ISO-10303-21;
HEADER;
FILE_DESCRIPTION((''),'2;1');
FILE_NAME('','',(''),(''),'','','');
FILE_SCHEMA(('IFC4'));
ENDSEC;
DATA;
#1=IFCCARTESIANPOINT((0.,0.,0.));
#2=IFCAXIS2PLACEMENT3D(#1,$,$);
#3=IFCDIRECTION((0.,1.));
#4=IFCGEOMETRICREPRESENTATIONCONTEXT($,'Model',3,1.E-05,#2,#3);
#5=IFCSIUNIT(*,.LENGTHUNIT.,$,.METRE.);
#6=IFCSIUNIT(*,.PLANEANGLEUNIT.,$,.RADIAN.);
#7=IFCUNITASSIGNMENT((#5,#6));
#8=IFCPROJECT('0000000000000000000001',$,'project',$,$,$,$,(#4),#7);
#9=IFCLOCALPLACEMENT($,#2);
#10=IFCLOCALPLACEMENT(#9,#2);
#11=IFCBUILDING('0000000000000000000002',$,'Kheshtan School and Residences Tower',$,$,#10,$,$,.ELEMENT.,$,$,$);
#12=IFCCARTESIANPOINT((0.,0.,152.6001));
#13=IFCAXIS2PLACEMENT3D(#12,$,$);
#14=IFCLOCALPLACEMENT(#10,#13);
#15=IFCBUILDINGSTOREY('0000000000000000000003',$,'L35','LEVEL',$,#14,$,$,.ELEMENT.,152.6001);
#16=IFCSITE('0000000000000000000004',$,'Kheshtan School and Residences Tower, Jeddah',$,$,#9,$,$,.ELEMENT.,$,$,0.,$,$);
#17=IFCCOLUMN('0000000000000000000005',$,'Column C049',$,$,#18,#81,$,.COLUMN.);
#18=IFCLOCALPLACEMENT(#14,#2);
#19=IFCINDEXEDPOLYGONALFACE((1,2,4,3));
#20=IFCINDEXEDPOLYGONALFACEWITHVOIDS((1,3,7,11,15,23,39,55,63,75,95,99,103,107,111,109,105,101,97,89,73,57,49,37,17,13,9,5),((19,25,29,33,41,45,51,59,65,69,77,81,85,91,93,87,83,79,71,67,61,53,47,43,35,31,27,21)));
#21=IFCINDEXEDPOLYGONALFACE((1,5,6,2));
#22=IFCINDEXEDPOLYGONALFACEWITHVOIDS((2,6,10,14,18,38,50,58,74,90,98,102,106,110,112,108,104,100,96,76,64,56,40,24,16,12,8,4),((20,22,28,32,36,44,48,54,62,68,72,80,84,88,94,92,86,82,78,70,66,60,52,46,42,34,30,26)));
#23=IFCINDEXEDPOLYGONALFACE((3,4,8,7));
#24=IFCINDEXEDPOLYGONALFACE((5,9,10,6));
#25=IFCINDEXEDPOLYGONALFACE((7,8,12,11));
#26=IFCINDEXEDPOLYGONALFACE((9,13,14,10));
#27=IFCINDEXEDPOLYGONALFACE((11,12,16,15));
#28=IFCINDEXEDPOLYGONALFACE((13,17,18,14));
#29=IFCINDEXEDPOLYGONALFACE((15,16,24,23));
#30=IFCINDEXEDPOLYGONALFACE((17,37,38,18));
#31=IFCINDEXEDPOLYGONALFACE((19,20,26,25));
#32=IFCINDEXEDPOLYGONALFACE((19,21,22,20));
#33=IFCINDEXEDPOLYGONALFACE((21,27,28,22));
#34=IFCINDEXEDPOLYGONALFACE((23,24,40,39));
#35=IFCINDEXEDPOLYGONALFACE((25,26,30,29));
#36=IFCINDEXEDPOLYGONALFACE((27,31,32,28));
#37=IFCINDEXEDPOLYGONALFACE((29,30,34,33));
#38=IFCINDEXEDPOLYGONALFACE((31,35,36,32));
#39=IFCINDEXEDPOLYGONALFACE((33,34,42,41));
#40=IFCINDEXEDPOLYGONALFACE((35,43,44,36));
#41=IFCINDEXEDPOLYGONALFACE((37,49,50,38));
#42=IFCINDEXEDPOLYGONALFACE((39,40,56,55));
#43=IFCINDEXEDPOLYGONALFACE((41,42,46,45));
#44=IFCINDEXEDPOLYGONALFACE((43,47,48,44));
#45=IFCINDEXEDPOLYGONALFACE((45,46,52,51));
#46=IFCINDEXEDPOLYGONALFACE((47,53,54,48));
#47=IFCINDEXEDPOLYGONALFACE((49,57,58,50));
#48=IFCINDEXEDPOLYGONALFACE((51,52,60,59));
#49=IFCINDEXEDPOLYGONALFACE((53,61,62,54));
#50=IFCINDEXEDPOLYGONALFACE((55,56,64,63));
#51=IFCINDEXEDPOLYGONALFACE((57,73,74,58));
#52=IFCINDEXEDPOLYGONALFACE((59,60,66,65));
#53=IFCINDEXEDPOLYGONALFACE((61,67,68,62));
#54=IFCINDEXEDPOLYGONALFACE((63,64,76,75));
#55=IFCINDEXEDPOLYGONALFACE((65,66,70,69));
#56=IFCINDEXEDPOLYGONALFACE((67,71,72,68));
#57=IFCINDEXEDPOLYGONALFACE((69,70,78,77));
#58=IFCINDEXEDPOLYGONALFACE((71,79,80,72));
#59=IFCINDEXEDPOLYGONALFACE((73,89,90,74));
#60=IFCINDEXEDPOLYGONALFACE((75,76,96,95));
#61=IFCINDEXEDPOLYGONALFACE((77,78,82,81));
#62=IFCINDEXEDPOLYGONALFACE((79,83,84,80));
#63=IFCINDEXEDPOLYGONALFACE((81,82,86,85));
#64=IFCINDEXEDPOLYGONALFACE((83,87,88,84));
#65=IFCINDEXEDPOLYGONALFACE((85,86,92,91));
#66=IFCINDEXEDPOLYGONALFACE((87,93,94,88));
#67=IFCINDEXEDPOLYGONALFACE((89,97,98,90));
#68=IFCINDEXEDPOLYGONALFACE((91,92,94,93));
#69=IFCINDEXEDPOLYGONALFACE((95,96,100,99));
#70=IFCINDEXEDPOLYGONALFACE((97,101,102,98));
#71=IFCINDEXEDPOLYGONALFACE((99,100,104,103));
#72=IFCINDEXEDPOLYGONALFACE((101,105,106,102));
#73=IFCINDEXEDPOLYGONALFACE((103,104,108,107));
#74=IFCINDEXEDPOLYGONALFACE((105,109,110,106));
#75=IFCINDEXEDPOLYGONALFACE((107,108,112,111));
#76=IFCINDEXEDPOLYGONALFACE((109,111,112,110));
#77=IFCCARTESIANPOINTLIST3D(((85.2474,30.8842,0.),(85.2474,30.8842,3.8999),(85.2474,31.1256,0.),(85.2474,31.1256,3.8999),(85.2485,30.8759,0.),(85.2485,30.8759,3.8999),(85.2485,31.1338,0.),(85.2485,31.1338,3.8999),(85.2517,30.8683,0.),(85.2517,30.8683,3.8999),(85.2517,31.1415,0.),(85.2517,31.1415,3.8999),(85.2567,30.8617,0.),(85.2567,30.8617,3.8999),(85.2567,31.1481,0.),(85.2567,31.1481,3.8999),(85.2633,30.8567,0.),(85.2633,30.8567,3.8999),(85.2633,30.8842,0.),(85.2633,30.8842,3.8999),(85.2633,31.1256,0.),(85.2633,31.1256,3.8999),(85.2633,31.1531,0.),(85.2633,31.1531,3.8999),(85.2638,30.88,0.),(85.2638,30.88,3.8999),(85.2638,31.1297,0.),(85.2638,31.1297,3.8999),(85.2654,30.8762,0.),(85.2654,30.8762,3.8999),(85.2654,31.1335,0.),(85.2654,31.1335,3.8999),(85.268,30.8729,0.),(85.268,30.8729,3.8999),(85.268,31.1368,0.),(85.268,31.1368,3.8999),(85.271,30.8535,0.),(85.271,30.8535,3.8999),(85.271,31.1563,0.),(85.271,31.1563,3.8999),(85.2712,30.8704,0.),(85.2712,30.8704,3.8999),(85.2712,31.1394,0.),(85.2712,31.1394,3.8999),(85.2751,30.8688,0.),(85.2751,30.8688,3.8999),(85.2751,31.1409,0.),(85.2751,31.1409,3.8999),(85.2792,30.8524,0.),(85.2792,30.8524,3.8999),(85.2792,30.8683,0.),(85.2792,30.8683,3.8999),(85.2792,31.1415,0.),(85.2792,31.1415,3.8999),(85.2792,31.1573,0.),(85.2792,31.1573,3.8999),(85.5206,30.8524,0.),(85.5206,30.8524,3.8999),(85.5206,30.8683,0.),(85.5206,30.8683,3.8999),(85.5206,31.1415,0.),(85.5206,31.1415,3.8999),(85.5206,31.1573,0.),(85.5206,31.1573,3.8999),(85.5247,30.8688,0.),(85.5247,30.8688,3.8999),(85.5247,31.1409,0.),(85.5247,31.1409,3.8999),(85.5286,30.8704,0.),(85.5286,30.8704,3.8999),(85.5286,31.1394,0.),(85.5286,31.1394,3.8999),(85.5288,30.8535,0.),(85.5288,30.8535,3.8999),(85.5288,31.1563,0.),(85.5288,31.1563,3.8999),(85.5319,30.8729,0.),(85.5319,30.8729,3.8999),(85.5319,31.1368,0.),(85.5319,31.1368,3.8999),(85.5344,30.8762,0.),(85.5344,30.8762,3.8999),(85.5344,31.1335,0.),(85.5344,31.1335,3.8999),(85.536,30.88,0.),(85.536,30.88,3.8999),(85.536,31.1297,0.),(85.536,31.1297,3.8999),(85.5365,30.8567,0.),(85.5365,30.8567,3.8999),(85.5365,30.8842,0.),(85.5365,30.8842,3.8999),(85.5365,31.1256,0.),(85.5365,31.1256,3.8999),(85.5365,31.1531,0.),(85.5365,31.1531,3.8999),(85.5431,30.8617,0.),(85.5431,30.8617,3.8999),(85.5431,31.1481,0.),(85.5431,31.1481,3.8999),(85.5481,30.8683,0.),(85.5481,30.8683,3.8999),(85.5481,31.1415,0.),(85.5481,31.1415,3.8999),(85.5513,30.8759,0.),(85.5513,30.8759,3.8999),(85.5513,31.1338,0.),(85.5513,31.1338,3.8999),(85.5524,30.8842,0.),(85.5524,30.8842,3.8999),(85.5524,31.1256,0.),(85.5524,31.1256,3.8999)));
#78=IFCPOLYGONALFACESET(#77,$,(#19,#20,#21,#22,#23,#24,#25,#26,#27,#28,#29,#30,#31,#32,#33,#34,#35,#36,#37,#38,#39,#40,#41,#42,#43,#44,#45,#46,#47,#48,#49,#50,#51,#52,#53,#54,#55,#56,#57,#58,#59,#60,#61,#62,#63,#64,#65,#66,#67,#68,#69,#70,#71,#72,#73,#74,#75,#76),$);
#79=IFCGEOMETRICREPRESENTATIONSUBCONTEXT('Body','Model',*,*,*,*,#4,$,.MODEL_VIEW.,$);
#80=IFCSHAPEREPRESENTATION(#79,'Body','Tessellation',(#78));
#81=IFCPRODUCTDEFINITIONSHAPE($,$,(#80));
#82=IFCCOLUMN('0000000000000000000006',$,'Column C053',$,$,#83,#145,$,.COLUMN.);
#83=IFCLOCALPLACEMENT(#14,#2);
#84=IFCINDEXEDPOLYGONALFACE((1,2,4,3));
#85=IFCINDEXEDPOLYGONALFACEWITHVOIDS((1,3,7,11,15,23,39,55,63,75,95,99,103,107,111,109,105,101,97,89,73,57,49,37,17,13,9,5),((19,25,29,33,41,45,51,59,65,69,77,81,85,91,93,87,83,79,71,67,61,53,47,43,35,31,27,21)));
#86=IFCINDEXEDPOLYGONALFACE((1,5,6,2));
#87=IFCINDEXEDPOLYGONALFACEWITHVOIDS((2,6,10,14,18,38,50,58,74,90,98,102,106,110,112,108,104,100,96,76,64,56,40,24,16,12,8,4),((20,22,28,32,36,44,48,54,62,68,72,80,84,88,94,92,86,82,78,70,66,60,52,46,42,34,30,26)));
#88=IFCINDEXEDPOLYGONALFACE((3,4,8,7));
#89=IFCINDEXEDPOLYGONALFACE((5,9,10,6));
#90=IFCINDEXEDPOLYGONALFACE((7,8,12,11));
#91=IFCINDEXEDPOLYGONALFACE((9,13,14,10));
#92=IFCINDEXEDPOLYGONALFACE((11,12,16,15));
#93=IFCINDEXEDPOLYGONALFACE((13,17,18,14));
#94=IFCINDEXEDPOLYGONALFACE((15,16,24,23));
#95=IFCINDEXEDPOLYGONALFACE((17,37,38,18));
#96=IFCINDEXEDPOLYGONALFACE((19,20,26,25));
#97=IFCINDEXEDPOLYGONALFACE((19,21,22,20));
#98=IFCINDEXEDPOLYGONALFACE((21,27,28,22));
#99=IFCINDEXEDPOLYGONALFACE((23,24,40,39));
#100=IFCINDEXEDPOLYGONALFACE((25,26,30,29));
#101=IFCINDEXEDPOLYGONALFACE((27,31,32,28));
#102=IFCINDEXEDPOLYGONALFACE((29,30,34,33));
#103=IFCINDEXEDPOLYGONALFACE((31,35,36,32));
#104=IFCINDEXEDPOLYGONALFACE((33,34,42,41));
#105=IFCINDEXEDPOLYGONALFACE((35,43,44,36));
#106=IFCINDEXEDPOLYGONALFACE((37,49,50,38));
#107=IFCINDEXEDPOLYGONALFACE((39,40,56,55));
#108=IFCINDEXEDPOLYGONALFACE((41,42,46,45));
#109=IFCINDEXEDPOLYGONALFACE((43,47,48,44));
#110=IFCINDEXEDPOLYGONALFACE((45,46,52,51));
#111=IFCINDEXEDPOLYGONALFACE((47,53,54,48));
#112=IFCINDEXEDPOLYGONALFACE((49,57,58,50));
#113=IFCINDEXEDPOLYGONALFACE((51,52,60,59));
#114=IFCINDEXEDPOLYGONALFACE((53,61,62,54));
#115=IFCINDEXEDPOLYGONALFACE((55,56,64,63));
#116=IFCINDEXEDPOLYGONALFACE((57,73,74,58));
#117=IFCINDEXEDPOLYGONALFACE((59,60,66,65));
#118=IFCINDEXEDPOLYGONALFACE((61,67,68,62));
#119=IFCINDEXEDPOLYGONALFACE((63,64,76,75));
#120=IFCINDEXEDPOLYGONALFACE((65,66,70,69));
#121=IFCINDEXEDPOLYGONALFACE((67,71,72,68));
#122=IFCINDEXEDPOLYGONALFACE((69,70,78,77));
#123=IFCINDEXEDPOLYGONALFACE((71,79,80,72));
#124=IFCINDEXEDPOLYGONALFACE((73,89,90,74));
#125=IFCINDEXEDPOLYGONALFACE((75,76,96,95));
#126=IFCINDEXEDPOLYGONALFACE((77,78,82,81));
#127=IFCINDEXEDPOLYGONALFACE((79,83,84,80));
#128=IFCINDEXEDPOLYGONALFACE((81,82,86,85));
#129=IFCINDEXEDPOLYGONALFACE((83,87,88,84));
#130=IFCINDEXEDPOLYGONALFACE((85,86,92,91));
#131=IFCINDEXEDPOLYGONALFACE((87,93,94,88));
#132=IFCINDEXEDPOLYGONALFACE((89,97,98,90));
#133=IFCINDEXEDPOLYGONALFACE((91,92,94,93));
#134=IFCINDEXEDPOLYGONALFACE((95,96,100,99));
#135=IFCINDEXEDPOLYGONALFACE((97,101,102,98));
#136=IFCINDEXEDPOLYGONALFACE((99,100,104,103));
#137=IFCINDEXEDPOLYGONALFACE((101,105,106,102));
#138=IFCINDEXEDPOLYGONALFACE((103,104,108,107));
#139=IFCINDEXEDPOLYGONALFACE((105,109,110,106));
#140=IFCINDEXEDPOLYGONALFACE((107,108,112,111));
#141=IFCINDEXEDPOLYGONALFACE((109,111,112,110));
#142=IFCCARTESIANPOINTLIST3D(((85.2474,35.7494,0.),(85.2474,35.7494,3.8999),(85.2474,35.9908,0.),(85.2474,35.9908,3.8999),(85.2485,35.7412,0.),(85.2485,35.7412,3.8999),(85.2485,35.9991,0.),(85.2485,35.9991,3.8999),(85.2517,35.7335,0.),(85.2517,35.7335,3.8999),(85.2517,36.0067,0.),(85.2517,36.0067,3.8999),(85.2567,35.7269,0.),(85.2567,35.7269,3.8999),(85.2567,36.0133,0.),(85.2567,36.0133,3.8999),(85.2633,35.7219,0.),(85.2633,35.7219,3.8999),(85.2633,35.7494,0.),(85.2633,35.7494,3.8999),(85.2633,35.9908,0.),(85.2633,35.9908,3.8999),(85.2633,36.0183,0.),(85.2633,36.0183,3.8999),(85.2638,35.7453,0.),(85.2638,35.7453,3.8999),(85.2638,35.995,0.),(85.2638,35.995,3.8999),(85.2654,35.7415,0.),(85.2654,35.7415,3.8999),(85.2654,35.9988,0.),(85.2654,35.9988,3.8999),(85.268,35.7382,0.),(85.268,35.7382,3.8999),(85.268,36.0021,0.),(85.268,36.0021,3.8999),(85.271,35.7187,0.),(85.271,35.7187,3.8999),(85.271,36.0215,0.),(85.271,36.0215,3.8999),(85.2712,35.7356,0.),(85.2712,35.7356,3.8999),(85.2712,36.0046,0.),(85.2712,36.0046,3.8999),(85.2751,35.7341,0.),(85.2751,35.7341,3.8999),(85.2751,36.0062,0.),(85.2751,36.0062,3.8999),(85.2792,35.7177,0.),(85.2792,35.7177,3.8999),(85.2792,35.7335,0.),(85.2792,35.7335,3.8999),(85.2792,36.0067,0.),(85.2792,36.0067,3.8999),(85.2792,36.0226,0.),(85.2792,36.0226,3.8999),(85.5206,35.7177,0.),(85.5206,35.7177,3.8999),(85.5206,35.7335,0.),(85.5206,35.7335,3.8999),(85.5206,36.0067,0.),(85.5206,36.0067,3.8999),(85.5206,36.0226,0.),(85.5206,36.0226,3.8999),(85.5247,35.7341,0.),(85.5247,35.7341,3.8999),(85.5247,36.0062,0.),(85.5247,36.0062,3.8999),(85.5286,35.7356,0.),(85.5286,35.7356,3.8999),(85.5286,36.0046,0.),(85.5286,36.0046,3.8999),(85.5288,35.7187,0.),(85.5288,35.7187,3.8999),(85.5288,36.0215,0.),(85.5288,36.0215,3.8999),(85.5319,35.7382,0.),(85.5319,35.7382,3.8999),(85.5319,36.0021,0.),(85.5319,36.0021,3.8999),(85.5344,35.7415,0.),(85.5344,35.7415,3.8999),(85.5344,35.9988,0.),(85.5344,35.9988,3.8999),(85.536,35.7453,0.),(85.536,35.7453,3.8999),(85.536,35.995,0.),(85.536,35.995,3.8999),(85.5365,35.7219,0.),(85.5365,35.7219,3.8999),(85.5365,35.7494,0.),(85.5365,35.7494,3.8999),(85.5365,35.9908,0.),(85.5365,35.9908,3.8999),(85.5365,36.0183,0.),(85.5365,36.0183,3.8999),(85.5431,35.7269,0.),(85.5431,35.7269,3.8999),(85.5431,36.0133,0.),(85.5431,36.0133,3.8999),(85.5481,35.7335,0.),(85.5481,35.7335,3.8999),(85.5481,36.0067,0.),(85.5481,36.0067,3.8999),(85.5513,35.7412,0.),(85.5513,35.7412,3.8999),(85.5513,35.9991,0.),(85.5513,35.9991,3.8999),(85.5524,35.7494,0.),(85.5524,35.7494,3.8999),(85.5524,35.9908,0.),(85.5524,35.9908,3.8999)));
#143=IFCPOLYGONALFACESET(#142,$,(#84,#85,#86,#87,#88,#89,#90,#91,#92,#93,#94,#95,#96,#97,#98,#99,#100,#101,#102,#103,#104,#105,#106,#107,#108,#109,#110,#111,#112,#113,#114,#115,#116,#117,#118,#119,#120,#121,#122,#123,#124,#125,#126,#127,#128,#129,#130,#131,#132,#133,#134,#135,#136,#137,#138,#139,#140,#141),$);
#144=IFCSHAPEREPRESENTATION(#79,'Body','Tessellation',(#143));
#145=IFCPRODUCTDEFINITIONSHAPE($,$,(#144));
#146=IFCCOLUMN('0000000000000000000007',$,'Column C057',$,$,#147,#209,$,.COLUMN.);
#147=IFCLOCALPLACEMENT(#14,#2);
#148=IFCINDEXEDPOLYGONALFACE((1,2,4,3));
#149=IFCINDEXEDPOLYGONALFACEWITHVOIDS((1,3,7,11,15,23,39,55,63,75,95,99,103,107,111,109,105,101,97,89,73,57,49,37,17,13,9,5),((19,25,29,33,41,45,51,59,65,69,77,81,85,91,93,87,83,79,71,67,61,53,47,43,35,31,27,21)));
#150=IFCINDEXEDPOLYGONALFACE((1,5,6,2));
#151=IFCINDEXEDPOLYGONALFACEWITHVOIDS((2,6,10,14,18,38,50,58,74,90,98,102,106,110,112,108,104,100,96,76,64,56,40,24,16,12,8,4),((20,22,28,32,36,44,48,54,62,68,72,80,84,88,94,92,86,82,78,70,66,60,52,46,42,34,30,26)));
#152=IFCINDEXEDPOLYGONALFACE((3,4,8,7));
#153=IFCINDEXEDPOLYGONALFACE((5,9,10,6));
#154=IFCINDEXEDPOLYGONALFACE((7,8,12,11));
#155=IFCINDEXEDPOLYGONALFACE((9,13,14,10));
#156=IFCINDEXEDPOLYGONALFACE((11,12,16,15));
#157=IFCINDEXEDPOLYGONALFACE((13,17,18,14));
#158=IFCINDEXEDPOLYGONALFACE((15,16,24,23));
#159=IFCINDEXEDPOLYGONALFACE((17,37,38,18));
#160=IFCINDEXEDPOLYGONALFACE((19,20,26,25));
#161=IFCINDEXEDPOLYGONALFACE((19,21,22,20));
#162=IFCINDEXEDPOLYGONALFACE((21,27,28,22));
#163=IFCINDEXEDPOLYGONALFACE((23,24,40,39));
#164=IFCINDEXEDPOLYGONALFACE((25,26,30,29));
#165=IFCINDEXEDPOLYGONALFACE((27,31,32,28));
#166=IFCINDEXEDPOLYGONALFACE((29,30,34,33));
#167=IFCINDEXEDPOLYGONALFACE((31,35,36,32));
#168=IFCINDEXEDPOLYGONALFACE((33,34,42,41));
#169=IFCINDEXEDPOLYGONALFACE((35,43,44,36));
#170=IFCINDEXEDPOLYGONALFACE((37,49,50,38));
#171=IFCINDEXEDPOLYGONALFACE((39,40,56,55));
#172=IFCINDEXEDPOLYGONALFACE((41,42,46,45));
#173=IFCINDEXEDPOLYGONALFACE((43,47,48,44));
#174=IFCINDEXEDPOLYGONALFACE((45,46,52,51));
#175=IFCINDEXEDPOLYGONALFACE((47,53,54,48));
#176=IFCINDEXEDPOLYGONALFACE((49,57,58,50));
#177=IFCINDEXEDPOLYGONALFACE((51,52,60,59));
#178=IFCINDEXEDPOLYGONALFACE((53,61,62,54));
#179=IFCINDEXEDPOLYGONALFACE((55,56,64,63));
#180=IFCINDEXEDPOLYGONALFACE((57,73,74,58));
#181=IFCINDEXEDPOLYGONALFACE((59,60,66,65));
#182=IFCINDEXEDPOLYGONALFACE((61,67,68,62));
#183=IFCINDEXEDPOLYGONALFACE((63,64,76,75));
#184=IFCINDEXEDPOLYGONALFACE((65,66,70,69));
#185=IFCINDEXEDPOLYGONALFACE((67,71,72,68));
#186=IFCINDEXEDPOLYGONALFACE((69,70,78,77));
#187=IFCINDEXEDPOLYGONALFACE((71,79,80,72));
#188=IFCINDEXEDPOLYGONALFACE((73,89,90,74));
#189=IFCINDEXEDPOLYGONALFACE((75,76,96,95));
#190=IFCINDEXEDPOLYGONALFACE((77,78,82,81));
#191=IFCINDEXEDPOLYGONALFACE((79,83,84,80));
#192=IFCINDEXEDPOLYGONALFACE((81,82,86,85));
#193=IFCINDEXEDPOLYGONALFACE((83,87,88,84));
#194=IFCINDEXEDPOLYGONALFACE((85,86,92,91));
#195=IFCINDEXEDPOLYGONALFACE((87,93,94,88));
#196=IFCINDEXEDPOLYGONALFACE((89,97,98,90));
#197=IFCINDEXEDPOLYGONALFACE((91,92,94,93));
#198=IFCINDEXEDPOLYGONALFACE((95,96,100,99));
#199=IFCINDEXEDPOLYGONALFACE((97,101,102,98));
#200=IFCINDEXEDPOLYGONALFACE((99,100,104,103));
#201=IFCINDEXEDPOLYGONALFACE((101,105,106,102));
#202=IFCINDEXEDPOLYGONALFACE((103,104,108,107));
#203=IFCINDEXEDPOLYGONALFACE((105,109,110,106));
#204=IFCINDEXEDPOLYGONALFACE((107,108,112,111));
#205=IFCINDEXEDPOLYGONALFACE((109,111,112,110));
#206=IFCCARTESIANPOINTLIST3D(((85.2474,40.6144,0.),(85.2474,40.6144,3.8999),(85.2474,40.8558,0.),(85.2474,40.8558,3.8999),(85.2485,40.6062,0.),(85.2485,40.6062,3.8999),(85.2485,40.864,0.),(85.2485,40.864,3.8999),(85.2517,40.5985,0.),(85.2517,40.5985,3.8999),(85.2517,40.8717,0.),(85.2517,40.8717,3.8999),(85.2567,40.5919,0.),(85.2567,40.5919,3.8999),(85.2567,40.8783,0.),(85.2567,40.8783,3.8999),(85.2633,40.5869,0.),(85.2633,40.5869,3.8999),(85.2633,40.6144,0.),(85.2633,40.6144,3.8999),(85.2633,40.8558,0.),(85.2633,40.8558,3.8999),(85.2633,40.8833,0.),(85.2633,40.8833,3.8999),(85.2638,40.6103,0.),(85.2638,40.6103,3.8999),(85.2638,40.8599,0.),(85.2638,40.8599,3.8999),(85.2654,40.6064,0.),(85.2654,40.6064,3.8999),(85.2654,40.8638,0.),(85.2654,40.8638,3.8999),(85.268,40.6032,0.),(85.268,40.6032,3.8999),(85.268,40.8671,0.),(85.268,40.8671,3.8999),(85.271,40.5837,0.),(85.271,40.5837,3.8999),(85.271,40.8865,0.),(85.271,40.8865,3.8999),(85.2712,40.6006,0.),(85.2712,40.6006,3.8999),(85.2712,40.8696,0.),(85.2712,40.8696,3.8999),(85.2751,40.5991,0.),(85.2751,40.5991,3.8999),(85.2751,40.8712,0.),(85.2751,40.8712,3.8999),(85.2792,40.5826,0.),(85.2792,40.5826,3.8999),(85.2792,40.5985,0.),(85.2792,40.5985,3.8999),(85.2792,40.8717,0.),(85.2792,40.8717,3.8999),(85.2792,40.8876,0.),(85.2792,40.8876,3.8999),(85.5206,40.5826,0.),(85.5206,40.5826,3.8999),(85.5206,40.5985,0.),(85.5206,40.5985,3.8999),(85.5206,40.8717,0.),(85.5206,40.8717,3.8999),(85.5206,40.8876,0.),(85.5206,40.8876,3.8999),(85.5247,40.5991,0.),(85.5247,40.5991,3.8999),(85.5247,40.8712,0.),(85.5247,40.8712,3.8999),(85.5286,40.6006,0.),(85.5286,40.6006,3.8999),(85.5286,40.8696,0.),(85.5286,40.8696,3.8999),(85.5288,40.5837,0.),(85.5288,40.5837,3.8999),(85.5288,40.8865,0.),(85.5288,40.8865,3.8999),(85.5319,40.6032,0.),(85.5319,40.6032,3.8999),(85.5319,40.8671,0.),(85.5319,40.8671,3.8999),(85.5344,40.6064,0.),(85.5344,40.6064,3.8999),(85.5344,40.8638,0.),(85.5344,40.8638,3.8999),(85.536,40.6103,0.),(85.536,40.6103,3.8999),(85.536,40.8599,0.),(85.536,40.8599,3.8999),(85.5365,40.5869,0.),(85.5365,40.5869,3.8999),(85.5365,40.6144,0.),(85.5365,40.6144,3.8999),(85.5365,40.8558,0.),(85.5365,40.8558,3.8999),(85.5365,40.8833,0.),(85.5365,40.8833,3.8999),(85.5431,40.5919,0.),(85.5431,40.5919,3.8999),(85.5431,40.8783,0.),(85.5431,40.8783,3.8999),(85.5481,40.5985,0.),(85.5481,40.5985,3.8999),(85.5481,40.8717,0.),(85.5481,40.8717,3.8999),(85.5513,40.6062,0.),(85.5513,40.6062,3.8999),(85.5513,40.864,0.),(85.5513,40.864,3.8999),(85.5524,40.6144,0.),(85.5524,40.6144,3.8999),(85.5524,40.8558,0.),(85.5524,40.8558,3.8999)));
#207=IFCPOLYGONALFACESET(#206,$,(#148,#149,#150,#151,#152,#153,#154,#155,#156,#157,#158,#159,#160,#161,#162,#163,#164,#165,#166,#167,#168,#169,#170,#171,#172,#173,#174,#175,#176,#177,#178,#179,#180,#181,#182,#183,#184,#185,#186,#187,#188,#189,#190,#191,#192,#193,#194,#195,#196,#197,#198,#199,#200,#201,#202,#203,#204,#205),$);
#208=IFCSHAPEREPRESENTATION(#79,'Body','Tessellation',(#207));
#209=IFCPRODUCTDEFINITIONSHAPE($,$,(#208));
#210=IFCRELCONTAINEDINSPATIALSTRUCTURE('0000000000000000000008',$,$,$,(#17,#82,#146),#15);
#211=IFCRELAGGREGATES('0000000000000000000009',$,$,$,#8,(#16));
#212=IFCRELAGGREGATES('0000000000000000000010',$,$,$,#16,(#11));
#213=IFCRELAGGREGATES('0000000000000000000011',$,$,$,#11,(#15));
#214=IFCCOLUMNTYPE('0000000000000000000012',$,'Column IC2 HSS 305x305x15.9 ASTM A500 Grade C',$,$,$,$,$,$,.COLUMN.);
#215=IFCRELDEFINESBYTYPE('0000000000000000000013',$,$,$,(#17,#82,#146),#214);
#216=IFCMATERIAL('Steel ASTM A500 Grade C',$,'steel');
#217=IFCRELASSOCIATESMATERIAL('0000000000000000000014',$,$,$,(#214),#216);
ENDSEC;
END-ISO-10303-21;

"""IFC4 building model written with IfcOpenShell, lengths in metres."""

from ifc_helpers import new_model, si_unit, direction, frame, origin, origin_2d, place, context, subcontext, project, spatial, hollow_rectangle, extrude, material, material_profile, profile_set, type_object, element, save


model = new_model("IFC4")

# Units and contexts
model_context = context("Model", 3, precision=1e-05, world=origin(), true_north=direction((0.0, 1.0)))
body_context = subcontext(model_context, "Body", "Model", "MODEL_VIEW")
ifc_project = project(units=[si_unit("LENGTHUNIT", "METRE"), si_unit("PLANEANGLEUNIT", "RADIAN")], contexts=[model_context])

# Site, building, storey
site_placement = place(None, origin())
site = spatial("IfcSite", under=ifc_project, at=site_placement, Name="Kheshtan School and Residences Tower, Jeddah", CompositionType="ELEMENT", RefElevation=0.0)
building_placement = place(site_placement, origin())
building = spatial("IfcBuilding", under=site, at=building_placement, Name="Kheshtan School and Residences Tower", CompositionType="ELEMENT")
storey_placement = place(building_placement, frame((0.0, 0.0, 152.6001)))
storey = spatial("IfcBuildingStorey", under=building, at=storey_placement, Name="L35", Description="LEVEL", CompositionType="ELEMENT", Elevation=152.6001)

# Columns
ifc_material_1 = material(Name="Steel ASTM A500 Grade C", Category="steel")
ifc_material_profile_1 = material_profile(ifc_material_1, hollow_rectangle(XDim=0.3049, YDim=0.3049, WallThickness=0.0159, InnerFilletRadius=0.0159, OuterFilletRadius=0.0317, at=origin_2d()), Name="HSS 305x305x15.9")
ifc_profile_set_1 = profile_set([ifc_material_profile_1], Name="Steel ASTM A500 Grade C")
column_type = type_object("IfcColumnType", Name="Column IC2 HSS 305x305x15.9 ASTM A500 Grade C", PredefinedType="COLUMN", material=ifc_profile_set_1)
for number, where, z_axis, x_axis, name in (
    (1, (85.3999, 31.0049, 0.0), (0.0, 0.0, 1.0), (1.0, 0.0, 0.0), "Column C049"),
    (2, (85.3999, 35.8701, 0.0), (0.0, 0.0, 1.0), (1.0, 0.0, 0.0), "Column C053"),
    (3, (85.3999, 40.7351, 0.0), (0.0, 0.0, 1.0), (1.0, 0.0, 0.0), "Column C057"),
):
    element("IfcColumn", number, at=place(storey_placement, frame(where, z_axis=z_axis, x_axis=x_axis)), inside=storey, type_object=column_type, Name=name, PredefinedType="COLUMN", context=body_context, shape_type="SweptSolid", body=[
        extrude(hollow_rectangle(XDim=0.3049, YDim=0.3049, WallThickness=0.0159, InnerFilletRadius=0.0159, OuterFilletRadius=0.0317, at=origin_2d()), origin(), (0.0, 0.0, 1.0), 3.8999),
    ])

save(model, "model.ifc")
